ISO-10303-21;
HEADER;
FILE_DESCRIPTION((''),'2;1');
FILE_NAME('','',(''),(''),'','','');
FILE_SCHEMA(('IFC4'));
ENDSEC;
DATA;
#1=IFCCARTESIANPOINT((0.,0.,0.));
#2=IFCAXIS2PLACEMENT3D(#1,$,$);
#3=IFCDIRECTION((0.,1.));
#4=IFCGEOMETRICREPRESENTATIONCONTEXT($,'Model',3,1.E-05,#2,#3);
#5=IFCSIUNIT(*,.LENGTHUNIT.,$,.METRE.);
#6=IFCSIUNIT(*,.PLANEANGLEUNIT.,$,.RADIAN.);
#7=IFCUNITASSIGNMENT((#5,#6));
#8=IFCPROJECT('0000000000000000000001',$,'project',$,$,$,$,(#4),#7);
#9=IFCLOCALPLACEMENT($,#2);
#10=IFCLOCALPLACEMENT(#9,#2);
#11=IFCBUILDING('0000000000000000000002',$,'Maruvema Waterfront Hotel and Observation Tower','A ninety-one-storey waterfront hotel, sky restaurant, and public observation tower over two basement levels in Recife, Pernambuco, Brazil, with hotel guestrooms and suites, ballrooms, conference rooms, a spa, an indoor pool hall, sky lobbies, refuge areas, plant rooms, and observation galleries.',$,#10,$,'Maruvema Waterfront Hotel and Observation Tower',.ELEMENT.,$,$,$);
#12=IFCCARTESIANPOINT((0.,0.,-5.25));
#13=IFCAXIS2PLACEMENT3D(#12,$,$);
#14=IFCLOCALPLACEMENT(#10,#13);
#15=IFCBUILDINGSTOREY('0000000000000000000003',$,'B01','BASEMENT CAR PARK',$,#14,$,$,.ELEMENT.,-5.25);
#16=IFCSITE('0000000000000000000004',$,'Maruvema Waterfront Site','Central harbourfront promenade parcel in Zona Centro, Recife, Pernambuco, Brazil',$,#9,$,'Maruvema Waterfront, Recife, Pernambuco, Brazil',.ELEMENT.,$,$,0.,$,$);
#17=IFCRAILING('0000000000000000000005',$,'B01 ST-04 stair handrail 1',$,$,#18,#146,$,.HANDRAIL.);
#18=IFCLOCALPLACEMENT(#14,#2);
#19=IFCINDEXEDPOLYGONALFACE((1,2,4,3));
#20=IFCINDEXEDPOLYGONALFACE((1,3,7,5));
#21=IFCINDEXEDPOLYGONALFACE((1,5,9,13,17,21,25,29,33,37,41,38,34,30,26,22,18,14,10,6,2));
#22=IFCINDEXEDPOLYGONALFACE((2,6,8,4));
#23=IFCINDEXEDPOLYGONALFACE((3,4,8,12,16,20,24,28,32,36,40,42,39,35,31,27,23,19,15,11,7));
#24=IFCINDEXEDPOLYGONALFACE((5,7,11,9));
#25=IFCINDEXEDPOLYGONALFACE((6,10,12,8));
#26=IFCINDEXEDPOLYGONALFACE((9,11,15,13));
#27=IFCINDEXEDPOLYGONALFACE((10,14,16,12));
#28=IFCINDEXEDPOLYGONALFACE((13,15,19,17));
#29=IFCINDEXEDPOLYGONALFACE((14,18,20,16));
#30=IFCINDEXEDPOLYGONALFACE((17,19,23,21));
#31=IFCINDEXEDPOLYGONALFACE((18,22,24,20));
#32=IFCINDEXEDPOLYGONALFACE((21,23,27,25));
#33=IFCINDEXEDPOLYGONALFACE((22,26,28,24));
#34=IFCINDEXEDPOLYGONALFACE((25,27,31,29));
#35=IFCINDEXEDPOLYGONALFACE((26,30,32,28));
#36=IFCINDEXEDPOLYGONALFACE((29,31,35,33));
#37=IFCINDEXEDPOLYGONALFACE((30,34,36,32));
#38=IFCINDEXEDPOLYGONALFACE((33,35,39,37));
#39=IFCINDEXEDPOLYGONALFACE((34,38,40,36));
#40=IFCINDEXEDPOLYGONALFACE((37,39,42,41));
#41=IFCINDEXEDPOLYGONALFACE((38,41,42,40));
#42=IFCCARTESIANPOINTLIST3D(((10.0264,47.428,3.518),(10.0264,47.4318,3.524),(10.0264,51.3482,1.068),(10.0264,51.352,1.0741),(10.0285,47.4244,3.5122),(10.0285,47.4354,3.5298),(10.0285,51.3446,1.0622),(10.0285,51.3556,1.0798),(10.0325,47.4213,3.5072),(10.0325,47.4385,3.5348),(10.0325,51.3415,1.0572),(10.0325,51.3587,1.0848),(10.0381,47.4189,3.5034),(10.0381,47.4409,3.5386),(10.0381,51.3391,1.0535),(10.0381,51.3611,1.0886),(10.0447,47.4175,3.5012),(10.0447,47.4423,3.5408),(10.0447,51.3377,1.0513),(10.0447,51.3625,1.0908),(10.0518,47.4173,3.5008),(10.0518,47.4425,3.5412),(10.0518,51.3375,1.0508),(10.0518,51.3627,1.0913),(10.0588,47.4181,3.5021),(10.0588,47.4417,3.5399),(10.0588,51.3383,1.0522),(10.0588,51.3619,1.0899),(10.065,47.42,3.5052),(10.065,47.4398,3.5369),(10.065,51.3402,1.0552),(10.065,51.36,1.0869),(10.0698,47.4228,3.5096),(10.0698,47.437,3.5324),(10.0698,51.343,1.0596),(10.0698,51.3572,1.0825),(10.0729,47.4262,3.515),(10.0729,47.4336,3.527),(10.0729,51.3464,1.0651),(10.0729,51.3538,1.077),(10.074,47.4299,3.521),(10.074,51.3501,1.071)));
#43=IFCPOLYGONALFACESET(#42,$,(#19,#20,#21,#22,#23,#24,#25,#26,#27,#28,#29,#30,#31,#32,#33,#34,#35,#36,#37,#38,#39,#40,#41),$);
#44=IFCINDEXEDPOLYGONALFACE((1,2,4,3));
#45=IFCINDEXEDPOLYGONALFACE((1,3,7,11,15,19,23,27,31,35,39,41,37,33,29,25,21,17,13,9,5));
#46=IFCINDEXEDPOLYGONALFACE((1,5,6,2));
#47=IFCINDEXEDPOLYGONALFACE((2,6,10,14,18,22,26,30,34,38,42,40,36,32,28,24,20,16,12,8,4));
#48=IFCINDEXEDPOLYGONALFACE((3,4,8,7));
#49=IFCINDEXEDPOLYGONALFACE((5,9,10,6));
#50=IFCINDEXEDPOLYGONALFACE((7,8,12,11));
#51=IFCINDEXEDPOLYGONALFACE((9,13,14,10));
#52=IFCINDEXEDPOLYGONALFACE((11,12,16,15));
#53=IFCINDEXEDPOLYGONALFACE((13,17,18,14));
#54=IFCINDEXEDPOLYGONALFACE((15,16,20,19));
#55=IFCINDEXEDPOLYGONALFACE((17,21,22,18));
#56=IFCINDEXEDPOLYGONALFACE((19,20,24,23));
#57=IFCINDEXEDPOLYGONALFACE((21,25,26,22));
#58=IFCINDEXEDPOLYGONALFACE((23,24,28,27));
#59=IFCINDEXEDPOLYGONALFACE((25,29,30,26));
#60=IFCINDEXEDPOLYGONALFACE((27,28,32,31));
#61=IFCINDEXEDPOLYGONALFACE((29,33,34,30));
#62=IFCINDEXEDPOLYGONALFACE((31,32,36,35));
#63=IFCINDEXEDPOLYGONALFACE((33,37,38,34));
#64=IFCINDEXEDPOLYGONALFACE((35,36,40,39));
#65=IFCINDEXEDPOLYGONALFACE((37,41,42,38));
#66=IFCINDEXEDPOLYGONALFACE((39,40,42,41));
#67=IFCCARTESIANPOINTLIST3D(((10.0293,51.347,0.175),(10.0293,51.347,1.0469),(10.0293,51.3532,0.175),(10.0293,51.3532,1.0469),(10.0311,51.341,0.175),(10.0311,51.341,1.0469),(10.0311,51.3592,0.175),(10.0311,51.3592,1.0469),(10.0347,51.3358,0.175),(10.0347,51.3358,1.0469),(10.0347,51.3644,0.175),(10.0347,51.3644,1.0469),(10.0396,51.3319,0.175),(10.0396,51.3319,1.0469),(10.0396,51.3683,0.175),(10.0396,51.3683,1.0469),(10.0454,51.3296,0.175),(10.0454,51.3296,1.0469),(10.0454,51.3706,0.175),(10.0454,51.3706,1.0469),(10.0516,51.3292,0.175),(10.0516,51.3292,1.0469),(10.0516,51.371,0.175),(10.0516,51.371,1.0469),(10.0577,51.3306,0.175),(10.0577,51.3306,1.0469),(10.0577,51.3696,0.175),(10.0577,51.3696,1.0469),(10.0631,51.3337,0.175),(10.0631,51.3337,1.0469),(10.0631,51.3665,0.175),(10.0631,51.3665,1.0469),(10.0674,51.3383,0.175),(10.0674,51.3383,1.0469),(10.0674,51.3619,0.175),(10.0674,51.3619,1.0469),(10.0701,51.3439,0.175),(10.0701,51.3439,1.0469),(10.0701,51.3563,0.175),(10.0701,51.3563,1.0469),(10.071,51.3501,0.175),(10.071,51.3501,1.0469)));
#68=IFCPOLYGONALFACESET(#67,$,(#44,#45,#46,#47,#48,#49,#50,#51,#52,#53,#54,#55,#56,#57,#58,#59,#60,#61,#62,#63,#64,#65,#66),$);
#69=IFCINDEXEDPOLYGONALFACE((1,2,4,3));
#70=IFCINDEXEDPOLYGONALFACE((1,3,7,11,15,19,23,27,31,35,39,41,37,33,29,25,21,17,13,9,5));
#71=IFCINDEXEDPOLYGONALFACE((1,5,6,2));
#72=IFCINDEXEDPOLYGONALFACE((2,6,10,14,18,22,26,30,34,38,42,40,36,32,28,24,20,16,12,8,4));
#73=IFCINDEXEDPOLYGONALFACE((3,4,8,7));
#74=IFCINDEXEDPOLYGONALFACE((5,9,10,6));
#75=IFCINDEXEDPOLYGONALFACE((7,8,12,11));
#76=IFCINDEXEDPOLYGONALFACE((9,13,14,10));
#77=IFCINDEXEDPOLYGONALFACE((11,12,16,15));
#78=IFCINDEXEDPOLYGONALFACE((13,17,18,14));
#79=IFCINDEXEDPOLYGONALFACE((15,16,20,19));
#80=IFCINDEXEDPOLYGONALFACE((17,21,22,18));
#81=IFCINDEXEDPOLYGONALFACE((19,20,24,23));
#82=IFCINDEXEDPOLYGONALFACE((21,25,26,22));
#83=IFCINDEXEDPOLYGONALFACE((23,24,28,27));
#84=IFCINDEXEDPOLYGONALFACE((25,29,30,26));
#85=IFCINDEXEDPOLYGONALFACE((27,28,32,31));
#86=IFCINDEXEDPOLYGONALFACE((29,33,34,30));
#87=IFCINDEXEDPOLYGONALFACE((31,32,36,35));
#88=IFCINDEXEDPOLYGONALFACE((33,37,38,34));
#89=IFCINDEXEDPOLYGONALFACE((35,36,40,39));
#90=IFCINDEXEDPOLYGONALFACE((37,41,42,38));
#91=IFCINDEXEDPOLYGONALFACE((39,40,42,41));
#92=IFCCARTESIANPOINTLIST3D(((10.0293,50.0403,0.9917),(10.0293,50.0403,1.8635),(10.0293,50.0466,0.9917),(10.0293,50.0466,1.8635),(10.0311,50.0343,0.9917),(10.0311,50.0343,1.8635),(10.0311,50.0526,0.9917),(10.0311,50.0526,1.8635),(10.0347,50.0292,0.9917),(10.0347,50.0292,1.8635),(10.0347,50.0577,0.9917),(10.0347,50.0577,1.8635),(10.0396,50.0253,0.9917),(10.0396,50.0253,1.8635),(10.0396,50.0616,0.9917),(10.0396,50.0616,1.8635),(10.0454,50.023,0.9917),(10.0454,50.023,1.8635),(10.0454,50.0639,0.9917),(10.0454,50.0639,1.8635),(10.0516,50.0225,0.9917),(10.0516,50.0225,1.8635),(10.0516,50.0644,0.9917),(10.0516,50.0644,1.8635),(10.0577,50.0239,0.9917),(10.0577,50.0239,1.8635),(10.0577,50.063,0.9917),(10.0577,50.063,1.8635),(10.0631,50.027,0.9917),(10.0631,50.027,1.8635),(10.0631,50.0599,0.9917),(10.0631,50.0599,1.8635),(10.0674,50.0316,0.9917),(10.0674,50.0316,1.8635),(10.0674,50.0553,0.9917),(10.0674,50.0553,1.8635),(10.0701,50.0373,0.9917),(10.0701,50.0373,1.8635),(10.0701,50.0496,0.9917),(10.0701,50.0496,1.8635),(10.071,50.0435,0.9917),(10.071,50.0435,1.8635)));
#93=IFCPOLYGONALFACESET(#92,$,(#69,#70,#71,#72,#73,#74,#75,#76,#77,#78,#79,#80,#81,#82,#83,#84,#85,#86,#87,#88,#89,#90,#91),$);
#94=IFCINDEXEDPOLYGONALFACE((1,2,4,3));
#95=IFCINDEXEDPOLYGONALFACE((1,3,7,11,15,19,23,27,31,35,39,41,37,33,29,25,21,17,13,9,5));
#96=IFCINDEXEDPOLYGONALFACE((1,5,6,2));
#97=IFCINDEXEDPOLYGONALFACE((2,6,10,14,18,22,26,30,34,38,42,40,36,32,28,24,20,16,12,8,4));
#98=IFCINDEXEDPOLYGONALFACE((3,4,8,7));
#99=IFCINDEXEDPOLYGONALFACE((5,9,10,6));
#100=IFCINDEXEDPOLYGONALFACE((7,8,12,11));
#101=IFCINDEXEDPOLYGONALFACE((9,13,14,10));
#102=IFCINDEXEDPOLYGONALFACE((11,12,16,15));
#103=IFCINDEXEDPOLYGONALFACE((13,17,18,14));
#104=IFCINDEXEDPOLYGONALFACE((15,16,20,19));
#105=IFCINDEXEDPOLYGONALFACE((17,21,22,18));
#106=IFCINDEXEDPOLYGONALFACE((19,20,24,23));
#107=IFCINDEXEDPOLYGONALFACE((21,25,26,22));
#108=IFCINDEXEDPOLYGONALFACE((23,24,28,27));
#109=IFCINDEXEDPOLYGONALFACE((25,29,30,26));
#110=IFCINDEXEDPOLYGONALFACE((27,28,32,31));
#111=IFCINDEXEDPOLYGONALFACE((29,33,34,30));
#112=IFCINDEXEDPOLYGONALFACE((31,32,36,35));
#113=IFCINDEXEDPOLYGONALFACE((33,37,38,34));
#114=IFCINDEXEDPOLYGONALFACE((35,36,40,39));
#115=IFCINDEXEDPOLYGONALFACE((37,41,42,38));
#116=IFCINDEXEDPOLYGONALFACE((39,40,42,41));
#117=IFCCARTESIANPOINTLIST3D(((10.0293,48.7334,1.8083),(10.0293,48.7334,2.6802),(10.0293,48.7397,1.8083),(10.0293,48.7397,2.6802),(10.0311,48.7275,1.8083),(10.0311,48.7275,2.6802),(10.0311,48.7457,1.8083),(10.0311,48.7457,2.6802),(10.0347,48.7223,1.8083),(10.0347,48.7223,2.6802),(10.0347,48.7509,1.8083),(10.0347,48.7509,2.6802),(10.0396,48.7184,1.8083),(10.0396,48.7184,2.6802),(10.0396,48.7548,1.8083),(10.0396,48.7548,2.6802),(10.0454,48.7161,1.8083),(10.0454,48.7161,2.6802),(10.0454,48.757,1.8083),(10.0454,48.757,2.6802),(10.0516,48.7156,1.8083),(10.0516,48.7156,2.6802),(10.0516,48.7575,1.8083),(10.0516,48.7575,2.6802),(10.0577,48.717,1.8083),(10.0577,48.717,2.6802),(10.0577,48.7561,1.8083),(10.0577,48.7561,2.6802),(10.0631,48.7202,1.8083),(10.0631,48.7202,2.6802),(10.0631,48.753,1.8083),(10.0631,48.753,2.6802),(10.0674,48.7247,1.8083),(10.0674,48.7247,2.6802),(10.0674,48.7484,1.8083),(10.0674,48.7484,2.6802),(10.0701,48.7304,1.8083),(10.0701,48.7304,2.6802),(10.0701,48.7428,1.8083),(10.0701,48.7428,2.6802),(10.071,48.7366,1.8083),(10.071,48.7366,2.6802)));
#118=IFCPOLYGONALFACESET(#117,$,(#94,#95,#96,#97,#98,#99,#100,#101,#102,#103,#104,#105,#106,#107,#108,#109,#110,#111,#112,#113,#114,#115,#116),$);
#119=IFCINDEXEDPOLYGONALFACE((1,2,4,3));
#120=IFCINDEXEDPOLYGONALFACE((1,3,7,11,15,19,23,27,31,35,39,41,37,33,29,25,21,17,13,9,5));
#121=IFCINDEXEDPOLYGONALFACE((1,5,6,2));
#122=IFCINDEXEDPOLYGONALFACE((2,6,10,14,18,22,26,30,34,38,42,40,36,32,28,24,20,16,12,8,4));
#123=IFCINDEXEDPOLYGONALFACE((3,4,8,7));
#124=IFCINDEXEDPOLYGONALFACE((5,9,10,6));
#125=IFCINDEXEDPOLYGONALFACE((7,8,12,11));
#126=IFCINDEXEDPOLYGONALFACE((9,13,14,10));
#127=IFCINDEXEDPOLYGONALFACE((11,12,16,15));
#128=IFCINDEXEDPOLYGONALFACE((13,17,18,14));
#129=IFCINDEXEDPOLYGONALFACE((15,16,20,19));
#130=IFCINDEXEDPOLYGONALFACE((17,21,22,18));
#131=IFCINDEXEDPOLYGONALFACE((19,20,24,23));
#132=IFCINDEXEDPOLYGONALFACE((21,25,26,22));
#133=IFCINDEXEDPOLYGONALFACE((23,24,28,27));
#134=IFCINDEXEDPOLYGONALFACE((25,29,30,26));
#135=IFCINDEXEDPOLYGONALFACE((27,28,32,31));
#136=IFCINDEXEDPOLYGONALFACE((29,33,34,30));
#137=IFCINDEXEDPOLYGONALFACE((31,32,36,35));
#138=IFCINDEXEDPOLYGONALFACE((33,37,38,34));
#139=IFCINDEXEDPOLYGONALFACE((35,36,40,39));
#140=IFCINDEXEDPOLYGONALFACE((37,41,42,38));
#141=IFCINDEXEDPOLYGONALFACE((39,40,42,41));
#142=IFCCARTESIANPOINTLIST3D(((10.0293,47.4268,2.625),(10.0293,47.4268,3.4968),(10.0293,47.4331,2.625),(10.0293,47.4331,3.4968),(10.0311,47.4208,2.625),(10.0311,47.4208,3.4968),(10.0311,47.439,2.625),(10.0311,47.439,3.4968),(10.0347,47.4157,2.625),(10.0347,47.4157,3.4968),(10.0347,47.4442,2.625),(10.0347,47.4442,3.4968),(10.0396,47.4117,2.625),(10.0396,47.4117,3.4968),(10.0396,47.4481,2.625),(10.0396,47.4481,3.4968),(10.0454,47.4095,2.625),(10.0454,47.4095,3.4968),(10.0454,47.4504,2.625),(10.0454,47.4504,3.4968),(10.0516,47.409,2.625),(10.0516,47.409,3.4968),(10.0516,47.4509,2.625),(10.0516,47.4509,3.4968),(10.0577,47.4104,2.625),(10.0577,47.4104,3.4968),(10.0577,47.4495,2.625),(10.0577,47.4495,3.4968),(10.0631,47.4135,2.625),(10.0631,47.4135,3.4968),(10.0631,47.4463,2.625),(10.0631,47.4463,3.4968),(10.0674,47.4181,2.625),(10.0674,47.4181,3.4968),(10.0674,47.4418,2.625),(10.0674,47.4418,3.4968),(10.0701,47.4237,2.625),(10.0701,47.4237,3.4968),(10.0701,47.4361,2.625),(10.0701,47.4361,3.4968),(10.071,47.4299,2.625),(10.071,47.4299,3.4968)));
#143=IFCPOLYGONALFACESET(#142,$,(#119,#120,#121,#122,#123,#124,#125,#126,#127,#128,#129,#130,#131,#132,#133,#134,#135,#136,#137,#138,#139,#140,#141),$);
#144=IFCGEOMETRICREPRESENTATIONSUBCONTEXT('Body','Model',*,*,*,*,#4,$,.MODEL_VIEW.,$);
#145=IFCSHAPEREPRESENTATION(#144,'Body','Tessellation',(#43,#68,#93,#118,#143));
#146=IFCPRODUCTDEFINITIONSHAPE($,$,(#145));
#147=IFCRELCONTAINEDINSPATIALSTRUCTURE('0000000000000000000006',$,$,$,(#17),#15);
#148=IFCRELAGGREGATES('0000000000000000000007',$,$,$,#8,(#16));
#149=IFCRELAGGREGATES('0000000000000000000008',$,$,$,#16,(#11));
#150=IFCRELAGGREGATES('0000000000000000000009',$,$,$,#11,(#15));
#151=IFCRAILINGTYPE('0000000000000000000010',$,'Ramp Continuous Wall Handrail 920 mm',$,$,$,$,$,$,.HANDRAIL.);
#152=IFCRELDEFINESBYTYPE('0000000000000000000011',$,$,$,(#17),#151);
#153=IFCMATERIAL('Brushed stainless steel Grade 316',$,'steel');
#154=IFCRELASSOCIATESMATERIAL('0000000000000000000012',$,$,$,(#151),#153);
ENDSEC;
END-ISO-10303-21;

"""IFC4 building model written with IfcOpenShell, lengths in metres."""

from ifc_helpers import new_model, si_unit, direction, frame, origin, origin_2d, place, context, subcontext, project, spatial, circle, extrude, material, type_object, element, save


model = new_model("IFC4")

# Units and contexts
model_context = context("Model", 3, precision=1e-05, world=origin(), true_north=direction((0.0, 1.0)))
body_context = subcontext(model_context, "Body", "Model", "MODEL_VIEW")
ifc_project = project(units=[si_unit("LENGTHUNIT", "METRE"), si_unit("PLANEANGLEUNIT", "RADIAN")], contexts=[model_context])

# Site, building, storey
site_placement = place(None, origin())
site = spatial("IfcSite", under=ifc_project, at=site_placement, Name="Maruvema Waterfront Site", Description="Central harbourfront promenade parcel in Zona Centro, Recife, Pernambuco, Brazil", LongName="Maruvema Waterfront, Recife, Pernambuco, Brazil", CompositionType="ELEMENT", RefElevation=0.0)
building_placement = place(site_placement, origin())
building = spatial("IfcBuilding", under=site, at=building_placement, Name="Maruvema Waterfront Hotel and Observation Tower", Description="A ninety-one-storey waterfront hotel, sky restaurant, and public observation tower over two basement levels in Recife, Pernambuco, Brazil, with hotel guestrooms and suites, ballrooms, conference rooms, a spa, an indoor pool hall, sky lobbies, refuge areas, plant rooms, and observation galleries.", LongName="Maruvema Waterfront Hotel and Observation Tower", CompositionType="ELEMENT")
storey_placement = place(building_placement, frame((0.0, 0.0, -5.25)))
storey = spatial("IfcBuildingStorey", under=building, at=storey_placement, Name="B01", Description="BASEMENT CAR PARK", CompositionType="ELEMENT", Elevation=-5.25)

# Railing
ifc_material_1 = material(Name="Brushed stainless steel Grade 316", Category="steel")
railing_type_1 = type_object("IfcRailingType", Name="Ramp Continuous Wall Handrail 920 mm", PredefinedType="HANDRAIL", material=ifc_material_1)
railing_1_placement = place(storey_placement, frame((10.05, 51.3501, 0.175)))
element("IfcRailing", 1, at=railing_1_placement, inside=storey, type_object=railing_type_1, Name="B01 ST-04 stair handrail 1", PredefinedType="HANDRAIL", context=body_context, shape_type="SweptSolid", body=[
    extrude(circle(Radius=0.0239, at=origin_2d()), frame((0.0, 0.0, 0.896), z_axis=(0.0, -0.848013, 0.529975), x_axis=(1.0, 0.0, 0.0)), (0.0, 0.0, 1.0), 4.6228),
    extrude(circle(Radius=0.021, at=origin_2d()), origin(), (0.0, 0.0, 1.0), 0.8718),
    extrude(circle(Radius=0.021, at=origin_2d()), frame((0.0, -1.3066, 0.8167)), (0.0, 0.0, 1.0), 0.8718),
    extrude(circle(Radius=0.021, at=origin_2d()), frame((0.0, -2.6135, 1.6333)), (0.0, 0.0, 1.0), 0.8718),
    extrude(circle(Radius=0.021, at=origin_2d()), frame((0.0, -3.9202, 2.45)), (0.0, 0.0, 1.0), 0.8718),
])

save(model, "model.ifc")
